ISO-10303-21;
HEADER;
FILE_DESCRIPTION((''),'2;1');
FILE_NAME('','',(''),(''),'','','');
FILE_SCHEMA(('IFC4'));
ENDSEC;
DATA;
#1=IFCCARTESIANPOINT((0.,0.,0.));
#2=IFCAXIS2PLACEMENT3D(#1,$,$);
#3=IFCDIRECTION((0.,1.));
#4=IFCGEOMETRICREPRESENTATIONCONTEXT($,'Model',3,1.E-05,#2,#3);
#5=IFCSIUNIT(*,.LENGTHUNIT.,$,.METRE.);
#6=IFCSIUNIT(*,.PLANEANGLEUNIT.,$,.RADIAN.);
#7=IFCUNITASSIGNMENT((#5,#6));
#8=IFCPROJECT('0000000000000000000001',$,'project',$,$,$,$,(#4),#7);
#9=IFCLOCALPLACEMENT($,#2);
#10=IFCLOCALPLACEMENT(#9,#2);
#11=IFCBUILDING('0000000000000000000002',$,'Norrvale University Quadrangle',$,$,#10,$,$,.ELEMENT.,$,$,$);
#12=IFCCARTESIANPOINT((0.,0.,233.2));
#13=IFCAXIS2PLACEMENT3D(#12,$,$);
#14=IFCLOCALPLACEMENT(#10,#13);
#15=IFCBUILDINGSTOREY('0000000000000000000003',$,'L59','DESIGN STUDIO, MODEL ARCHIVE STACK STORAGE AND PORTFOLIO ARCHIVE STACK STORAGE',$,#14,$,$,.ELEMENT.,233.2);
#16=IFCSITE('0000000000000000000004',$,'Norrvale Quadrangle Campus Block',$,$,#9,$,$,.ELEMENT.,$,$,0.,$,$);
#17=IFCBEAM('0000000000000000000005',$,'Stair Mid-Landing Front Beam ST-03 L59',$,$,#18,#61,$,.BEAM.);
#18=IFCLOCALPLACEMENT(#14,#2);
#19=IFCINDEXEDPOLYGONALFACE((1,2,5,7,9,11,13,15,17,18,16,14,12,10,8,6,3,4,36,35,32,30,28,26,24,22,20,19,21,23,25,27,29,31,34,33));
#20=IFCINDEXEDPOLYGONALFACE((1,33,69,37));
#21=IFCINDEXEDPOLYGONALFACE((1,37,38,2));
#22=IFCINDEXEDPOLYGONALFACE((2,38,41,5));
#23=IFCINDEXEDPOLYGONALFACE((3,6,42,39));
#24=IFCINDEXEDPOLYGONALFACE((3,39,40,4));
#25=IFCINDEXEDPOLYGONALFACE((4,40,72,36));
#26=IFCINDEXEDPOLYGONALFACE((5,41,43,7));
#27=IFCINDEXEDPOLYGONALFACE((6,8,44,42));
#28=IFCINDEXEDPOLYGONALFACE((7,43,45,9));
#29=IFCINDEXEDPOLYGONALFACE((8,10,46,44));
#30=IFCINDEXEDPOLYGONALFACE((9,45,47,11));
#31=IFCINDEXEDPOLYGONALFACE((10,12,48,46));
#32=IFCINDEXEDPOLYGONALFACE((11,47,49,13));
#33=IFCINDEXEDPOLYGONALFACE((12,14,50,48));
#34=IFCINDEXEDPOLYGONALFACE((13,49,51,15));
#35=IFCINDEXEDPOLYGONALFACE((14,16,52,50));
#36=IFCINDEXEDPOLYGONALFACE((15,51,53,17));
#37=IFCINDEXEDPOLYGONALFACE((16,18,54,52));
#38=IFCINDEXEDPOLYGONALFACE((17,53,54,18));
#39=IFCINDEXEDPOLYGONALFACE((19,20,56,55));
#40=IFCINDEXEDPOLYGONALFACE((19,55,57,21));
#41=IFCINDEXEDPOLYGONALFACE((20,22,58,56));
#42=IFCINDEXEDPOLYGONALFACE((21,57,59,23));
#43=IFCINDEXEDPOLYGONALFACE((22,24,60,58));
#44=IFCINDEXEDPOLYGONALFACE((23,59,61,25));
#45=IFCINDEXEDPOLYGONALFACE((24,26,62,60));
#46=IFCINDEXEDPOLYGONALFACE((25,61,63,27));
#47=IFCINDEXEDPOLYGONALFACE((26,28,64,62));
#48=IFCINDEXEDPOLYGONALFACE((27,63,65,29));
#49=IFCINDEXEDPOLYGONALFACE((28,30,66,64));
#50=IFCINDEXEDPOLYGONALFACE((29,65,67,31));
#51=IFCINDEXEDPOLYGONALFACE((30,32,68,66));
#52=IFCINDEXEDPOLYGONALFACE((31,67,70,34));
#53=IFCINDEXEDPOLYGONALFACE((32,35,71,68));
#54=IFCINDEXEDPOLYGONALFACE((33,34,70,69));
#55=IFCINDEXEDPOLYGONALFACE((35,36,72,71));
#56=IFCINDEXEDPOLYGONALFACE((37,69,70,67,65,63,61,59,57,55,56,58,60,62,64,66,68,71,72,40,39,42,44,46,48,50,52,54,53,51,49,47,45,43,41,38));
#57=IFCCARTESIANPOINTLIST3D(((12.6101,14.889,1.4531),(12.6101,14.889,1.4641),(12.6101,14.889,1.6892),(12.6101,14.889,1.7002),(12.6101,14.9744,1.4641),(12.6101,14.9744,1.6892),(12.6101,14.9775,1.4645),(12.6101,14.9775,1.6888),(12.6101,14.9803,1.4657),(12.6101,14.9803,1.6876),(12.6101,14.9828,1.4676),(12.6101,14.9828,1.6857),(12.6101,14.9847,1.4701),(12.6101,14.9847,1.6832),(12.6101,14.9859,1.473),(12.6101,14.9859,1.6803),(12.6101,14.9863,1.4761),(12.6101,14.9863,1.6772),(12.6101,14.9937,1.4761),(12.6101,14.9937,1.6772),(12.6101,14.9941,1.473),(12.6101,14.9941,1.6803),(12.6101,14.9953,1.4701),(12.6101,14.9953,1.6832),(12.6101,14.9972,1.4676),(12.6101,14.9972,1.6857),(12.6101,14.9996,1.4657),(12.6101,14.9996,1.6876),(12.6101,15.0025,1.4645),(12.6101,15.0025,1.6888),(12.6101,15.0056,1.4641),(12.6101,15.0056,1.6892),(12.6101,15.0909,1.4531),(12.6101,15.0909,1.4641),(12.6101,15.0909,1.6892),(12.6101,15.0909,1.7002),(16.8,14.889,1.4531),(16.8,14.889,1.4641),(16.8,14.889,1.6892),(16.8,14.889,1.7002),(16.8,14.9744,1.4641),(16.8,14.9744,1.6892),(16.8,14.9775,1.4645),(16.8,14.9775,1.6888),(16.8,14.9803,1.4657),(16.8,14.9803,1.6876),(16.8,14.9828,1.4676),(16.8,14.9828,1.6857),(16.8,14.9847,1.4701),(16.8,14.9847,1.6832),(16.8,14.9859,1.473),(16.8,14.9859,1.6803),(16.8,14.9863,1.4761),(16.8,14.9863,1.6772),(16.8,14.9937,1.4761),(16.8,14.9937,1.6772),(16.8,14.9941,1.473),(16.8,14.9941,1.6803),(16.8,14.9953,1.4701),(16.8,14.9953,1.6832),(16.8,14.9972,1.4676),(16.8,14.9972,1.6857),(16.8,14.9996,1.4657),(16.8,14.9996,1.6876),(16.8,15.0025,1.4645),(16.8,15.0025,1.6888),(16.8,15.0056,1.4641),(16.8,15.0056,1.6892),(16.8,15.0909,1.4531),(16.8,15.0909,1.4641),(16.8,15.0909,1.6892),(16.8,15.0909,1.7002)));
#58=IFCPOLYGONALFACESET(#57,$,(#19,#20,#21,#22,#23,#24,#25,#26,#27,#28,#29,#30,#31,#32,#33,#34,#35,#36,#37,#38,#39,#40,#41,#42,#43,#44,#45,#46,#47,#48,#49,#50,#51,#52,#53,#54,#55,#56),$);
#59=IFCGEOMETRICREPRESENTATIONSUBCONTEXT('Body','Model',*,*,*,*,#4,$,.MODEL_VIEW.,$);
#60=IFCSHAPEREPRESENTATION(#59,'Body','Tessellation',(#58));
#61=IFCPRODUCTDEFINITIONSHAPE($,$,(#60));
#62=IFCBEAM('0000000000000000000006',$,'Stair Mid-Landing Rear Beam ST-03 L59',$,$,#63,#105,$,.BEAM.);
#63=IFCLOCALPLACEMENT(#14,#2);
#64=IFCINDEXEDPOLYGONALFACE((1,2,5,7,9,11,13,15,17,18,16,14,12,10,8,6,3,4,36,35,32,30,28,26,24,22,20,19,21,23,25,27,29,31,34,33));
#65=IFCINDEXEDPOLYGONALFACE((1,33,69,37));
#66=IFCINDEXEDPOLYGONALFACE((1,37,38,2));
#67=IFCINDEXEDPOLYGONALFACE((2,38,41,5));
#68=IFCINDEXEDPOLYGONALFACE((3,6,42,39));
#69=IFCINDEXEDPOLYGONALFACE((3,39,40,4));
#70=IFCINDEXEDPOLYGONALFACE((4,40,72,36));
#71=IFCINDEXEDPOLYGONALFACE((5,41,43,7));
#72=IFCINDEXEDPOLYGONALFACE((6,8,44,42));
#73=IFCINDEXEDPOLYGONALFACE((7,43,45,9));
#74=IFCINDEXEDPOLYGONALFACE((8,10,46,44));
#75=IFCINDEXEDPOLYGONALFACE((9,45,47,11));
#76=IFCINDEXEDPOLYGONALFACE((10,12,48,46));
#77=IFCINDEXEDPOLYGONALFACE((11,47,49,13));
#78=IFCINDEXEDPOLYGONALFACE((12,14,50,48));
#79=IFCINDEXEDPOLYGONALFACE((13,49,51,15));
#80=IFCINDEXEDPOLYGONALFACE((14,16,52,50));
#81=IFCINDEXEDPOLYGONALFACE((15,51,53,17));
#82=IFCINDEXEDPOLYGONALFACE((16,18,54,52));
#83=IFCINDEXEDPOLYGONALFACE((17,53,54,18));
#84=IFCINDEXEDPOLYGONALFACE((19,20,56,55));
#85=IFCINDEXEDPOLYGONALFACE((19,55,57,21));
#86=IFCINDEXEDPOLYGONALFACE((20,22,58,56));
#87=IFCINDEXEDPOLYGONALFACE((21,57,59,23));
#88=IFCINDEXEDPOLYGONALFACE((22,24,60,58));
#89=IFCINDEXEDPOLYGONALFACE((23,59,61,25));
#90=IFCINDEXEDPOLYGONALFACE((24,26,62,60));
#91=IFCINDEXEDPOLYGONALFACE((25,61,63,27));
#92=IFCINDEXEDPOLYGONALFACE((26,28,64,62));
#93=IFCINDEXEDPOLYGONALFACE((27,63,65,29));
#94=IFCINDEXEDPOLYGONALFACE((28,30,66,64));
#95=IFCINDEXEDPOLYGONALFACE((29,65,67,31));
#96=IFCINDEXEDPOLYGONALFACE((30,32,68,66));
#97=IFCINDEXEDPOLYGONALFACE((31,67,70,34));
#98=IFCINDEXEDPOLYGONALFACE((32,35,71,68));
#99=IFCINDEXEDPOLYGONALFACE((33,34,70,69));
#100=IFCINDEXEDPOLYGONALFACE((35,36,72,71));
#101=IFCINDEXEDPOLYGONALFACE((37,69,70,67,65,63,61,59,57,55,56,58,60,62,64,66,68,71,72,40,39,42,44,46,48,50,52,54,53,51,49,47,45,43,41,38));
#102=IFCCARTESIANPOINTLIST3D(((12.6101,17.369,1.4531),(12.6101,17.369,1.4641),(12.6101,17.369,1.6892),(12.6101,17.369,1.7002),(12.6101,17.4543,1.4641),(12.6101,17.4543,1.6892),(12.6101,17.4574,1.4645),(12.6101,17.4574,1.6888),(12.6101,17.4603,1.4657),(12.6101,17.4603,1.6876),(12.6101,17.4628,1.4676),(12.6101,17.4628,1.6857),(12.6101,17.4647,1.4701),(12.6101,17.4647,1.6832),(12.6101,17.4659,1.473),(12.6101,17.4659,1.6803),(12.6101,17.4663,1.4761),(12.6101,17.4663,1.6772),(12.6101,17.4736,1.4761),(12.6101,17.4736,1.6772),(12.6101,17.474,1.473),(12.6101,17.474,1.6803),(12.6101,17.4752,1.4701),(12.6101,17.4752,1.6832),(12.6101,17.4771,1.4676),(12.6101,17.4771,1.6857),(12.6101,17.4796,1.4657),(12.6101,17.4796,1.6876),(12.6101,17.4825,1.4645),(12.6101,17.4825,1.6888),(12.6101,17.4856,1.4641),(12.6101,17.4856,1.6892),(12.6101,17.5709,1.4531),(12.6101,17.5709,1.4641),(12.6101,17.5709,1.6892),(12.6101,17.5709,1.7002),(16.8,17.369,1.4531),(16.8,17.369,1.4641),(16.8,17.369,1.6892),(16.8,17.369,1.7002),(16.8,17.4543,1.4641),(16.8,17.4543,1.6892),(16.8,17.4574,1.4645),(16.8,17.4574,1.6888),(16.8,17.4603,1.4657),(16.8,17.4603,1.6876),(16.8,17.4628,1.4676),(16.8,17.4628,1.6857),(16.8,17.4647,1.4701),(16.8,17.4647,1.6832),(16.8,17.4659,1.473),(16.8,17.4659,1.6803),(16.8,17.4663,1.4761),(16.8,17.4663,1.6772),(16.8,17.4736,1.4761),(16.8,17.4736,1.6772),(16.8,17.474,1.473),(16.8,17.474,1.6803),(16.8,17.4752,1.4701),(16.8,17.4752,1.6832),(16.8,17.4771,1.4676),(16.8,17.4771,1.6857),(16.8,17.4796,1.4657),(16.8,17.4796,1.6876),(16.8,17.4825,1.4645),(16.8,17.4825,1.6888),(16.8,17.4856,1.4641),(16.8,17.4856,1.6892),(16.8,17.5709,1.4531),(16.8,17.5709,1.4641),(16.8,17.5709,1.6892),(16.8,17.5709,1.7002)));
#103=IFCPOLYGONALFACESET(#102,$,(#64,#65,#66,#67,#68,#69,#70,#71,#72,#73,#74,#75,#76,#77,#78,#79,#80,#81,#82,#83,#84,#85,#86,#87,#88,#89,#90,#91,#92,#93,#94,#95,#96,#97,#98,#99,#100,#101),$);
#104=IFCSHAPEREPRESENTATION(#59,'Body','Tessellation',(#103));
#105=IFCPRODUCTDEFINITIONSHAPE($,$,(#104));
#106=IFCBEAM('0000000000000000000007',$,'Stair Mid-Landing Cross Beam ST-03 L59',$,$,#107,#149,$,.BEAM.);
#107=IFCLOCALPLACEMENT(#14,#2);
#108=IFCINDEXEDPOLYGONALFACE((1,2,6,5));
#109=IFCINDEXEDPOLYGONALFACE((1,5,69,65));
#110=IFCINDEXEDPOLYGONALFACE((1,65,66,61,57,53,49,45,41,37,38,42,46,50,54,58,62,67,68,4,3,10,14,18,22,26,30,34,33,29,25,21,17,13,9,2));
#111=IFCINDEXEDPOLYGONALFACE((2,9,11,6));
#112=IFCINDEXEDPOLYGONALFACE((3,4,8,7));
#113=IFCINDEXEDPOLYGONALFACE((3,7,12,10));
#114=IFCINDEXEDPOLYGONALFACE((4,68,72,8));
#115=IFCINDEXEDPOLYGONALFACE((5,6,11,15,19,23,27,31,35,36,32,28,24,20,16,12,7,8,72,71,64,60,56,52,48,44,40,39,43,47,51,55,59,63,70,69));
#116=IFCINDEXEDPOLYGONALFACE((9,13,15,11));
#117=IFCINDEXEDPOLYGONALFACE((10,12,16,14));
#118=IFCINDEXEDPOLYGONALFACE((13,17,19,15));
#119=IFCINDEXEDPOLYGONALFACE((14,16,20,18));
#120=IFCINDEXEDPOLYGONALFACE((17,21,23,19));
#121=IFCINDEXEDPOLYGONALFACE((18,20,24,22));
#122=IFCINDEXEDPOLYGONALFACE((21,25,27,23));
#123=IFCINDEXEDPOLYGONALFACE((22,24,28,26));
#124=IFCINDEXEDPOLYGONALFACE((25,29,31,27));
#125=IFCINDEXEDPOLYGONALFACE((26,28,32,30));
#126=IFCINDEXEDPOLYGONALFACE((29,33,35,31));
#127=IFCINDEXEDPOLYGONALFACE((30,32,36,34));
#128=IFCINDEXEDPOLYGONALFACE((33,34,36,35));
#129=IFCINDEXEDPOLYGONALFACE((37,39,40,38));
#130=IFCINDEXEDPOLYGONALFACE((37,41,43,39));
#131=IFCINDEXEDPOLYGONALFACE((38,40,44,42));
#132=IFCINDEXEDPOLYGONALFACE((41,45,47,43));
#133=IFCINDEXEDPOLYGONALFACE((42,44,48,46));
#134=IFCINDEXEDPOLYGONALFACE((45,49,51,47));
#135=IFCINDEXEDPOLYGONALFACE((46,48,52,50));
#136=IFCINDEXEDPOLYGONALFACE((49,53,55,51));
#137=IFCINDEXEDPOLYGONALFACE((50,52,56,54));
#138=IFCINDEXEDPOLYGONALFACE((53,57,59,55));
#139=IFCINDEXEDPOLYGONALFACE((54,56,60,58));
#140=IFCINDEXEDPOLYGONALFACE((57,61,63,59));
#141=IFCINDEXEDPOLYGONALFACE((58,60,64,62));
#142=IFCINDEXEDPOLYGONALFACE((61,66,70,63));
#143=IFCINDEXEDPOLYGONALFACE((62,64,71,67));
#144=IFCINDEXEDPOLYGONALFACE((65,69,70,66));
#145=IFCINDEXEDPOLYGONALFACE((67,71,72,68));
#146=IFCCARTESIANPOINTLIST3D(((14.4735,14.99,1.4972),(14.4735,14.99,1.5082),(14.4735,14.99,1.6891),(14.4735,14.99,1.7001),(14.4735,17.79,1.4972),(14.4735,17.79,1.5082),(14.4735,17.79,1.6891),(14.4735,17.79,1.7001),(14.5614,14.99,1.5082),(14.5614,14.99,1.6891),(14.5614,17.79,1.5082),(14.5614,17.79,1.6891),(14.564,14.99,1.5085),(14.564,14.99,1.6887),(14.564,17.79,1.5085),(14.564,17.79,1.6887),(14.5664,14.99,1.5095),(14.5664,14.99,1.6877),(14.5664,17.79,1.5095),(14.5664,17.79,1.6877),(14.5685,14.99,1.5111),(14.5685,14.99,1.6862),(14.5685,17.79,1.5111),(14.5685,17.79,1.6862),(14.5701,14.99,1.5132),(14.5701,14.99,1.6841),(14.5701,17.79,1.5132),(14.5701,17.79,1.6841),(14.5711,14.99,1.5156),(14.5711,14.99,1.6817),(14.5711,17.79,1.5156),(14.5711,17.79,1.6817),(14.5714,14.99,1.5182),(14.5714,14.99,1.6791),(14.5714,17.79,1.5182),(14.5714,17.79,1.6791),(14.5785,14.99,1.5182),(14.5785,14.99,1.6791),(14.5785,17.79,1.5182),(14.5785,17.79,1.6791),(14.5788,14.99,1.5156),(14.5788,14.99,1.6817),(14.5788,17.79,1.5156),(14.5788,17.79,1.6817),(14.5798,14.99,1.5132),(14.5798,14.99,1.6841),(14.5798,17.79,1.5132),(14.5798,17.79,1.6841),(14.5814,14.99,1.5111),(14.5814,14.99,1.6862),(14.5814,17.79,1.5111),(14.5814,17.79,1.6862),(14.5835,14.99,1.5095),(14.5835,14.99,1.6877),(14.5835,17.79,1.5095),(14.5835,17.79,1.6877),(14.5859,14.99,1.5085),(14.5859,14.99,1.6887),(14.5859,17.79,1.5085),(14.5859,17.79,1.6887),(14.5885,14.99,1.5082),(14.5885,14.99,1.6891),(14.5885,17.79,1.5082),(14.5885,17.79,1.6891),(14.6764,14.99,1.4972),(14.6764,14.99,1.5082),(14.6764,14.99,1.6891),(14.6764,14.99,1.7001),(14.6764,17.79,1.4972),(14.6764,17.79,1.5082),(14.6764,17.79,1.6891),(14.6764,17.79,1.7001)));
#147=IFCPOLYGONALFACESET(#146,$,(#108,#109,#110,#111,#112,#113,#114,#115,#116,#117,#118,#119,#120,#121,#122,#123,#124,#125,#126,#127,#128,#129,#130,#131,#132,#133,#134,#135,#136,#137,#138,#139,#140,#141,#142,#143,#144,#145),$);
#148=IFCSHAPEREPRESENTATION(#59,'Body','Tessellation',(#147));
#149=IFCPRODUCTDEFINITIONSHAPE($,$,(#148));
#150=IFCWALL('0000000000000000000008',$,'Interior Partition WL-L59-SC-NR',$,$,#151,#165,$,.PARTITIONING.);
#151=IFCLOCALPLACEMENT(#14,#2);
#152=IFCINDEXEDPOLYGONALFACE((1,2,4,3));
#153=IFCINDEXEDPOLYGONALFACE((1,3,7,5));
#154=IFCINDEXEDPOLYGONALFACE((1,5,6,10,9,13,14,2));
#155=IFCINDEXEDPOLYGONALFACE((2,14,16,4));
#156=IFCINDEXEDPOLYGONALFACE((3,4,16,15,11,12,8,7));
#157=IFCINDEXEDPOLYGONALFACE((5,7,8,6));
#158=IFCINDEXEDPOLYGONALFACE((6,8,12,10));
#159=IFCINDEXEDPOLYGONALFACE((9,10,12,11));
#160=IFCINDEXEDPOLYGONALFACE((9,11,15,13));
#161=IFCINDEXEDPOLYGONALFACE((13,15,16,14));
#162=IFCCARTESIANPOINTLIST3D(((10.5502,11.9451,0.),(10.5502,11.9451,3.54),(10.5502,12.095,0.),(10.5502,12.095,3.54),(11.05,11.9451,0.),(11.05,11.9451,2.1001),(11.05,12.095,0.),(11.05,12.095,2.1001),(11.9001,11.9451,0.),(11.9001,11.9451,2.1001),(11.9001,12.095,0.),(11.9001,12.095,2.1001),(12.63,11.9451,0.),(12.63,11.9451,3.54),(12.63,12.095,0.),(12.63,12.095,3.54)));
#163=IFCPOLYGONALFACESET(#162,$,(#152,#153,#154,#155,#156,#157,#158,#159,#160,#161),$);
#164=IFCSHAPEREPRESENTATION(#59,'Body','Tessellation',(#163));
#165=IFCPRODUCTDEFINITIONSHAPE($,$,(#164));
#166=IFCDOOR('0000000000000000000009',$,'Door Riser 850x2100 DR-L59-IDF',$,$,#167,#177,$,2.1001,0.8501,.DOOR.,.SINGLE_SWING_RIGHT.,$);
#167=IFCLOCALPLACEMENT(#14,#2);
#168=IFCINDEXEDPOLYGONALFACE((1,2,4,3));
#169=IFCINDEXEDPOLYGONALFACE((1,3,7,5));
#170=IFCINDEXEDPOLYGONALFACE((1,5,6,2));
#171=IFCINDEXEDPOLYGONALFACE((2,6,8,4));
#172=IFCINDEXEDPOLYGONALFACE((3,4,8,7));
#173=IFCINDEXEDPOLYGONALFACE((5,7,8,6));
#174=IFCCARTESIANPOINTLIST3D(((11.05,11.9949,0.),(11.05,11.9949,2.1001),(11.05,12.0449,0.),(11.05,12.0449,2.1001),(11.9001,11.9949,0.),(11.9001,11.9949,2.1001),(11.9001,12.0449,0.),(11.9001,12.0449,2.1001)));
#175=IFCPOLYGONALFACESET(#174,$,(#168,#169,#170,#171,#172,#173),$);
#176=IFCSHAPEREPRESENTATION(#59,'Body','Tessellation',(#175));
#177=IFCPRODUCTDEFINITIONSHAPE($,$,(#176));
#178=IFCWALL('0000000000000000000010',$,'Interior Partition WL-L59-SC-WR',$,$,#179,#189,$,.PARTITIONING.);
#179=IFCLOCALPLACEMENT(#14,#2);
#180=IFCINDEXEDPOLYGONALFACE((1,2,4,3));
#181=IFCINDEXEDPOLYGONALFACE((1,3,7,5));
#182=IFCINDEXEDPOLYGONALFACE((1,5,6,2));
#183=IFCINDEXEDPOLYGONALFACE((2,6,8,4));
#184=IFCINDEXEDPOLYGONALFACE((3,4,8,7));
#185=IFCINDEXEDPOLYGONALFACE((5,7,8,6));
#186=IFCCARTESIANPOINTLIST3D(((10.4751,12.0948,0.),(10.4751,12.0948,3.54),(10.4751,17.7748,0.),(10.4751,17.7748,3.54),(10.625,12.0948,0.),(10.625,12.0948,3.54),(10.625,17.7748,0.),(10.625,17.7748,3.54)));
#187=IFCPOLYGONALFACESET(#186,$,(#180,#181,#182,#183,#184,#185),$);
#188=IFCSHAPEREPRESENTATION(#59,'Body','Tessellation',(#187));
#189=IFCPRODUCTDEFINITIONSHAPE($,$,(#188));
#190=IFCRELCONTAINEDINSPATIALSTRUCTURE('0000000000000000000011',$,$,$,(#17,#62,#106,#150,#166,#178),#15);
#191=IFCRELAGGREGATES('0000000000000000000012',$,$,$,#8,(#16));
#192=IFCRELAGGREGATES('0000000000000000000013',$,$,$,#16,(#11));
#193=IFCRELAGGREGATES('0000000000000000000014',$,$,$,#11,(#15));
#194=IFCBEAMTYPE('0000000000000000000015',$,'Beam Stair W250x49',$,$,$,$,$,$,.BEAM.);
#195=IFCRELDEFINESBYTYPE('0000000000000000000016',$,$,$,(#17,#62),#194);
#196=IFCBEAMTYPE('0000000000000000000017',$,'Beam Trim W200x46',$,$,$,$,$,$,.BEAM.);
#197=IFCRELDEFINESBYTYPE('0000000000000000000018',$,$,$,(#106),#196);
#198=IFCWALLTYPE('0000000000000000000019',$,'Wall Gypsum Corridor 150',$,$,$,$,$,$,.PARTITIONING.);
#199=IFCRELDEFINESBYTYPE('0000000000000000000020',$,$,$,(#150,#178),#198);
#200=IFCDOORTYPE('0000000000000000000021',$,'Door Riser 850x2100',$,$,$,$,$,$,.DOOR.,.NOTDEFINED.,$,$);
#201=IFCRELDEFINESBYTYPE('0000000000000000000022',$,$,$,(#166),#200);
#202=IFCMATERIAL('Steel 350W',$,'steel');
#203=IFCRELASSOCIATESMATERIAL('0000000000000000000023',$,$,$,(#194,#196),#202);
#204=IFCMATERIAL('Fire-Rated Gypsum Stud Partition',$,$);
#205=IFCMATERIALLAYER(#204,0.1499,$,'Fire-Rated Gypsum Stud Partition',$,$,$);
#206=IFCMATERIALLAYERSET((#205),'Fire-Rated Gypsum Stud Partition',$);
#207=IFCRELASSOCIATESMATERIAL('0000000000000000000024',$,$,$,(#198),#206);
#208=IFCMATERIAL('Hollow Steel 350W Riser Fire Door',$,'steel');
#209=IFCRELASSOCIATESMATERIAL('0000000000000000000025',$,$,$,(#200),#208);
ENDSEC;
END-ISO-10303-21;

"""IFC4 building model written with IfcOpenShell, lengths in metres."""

from ifc_helpers import new_model, si_unit, direction, frame, frame_2d, origin, origin_2d, place, context, subcontext, project, spatial, rectangle, i_section, extrude, material, layer, layer_set, material_profile, profile_set, type_object, element, fill, save


model = new_model("IFC4")

# Units and contexts
model_context = context("Model", 3, precision=1e-05, world=origin(), true_north=direction((0.0, 1.0)))
body_context = subcontext(model_context, "Body", "Model", "MODEL_VIEW")
ifc_project = project(units=[si_unit("LENGTHUNIT", "METRE"), si_unit("PLANEANGLEUNIT", "RADIAN")], contexts=[model_context])

# Site, building, storey
site_placement = place(None, origin())
site = spatial("IfcSite", under=ifc_project, at=site_placement, Name="Norrvale Quadrangle Campus Block", CompositionType="ELEMENT", RefElevation=0.0)
building_placement = place(site_placement, origin())
building = spatial("IfcBuilding", under=site, at=building_placement, Name="Norrvale University Quadrangle", CompositionType="ELEMENT")
storey_placement = place(building_placement, frame((0.0, 0.0, 233.2)))
storey = spatial("IfcBuildingStorey", under=building, at=storey_placement, Name="L59", Description="DESIGN STUDIO, MODEL ARCHIVE STACK STORAGE AND PORTFOLIO ARCHIVE STACK STORAGE", CompositionType="ELEMENT", Elevation=233.2)

# Beams
ifc_material_1 = material(Name="Steel 350W", Category="steel")
ifc_material_profile_1 = material_profile(ifc_material_1, i_section(OverallWidth=0.2019, OverallDepth=0.2471, WebThickness=0.0073, FlangeThickness=0.011, FilletRadius=0.012, at=origin_2d()), Name="Steel 350W")
ifc_profile_set_1 = profile_set([ifc_material_profile_1], Name="Steel 350W")
beam_type_1 = type_object("IfcBeamType", Name="Beam Stair W250x49", PredefinedType="BEAM", material=ifc_profile_set_1)
for number, where, z_axis, x_axis, name in (
    (1, (12.6101, 14.99, 1.5767), (1.0, 0.0, 0.0), (0.0, 1.0, 0.0), "Stair Mid-Landing Front Beam ST-03 L59"),
    (2, (12.6101, 17.47, 1.5767), (1.0, 0.0, 0.0), (0.0, 1.0, 0.0), "Stair Mid-Landing Rear Beam ST-03 L59"),
):
    element("IfcBeam", number, at=place(storey_placement, frame(where, z_axis=z_axis, x_axis=x_axis)), inside=storey, type_object=beam_type_1, Name=name, PredefinedType="BEAM", context=body_context, shape_type="SweptSolid", body=[
        extrude(i_section(OverallWidth=0.2019, OverallDepth=0.2471, WebThickness=0.0073, FlangeThickness=0.011, FilletRadius=0.012, at=origin_2d()), origin(), (0.0, 0.0, 1.0), 4.1899),
    ])
ifc_material_profile_2 = material_profile(ifc_material_1, i_section(OverallWidth=0.2029, OverallDepth=0.2029, WebThickness=0.0071, FlangeThickness=0.011, FilletRadius=0.01, at=origin_2d()), Name="Steel 350W")
ifc_profile_set_2 = profile_set([ifc_material_profile_2], Name="Steel 350W")
beam_type_2 = type_object("IfcBeamType", Name="Beam Trim W200x46", PredefinedType="BEAM", material=ifc_profile_set_2)
beam_placement = place(storey_placement, frame((14.575, 14.99, 1.5986), z_axis=(0.0, 1.0, 0.0), x_axis=(-1.0, 0.0, 0.0)))
element("IfcBeam", 3, at=beam_placement, inside=storey, type_object=beam_type_2, Name="Stair Mid-Landing Cross Beam ST-03 L59", PredefinedType="BEAM", context=body_context, shape_type="SweptSolid", body=[
    extrude(i_section(OverallWidth=0.2029, OverallDepth=0.2029, WebThickness=0.0071, FlangeThickness=0.011, FilletRadius=0.01, at=origin_2d()), origin(), (0.0, 0.0, 1.0), 2.8),
])

# Wall, opening, door
ifc_material_2 = material(Name="Fire-Rated Gypsum Stud Partition")
ifc_layer_1 = layer(ifc_material_2, 0.1499, Name="Fire-Rated Gypsum Stud Partition")
ifc_layer_set_1 = layer_set([ifc_layer_1], Name="Fire-Rated Gypsum Stud Partition")
wall_type_1 = type_object("IfcWallType", Name="Wall Gypsum Corridor 150", PredefinedType="PARTITIONING", material=ifc_layer_set_1)
wall_1_placement = place(storey_placement, frame((10.55, 12.02, 0.0), z_axis=(0.0, 0.0, 1.0), x_axis=(1.0, 0.0, 0.0)))
wall_1 = element("IfcWall", 4, at=wall_1_placement, inside=storey, type_object=wall_type_1, Name="Interior Partition WL-L59-SC-NR", PredefinedType="PARTITIONING", context=body_context, shape_type="SweptSolid", body=[
    extrude(rectangle(XDim=2.0798, YDim=0.1499, at=frame_2d((1.04, 0.0))), origin(), (0.0, 0.0, 1.0), 3.54),
])
opening_1_placement = place(wall_1_placement, frame((0.5, 0.0, 0.0)))
opening_1 = element("IfcOpeningElement", 5, at=opening_1_placement, cuts=wall_1, PredefinedType="OPENING", context=body_context, shape_type="SweptSolid", body=[
    extrude(rectangle(XDim=0.8501, YDim=2.1001, at=frame_2d((0.425, 1.05))), frame((0.0, 0.0869, 0.0), z_axis=(0.0, -1.0, 0.0), x_axis=(1.0, 0.0, 0.0)), (0.0, 0.0, 1.0), 0.1738),
])
ifc_material_3 = material(Name="Hollow Steel 350W Riser Fire Door", Category="steel")
door_type_1 = type_object("IfcDoorType", Name="Door Riser 850x2100", OperationType="NOTDEFINED", PredefinedType="DOOR", material=ifc_material_3)
door_1_placement = place(opening_1_placement, origin())
door_1 = element("IfcDoor", 6, at=door_1_placement, inside=storey, type_object=door_type_1, Name="Door Riser 850x2100 DR-L59-IDF", OperationType="SINGLE_SWING_RIGHT", OverallHeight=2.1001, OverallWidth=0.8501, PredefinedType="DOOR", context=body_context, shape_type="SweptSolid", body=[
    extrude(rectangle(XDim=0.8501, YDim=2.1001, at=frame_2d((0.425, 1.05))), frame((0.0, 0.0249, 0.0), z_axis=(0.0, -1.0, 0.0), x_axis=(1.0, 0.0, 0.0)), (0.0, 0.0, 1.0), 0.05),
])
fill(opening_1, door_1)

# Wall
wall_2_placement = place(storey_placement, frame((10.55, 12.095, 0.0), z_axis=(0.0, 0.0, 1.0), x_axis=(0.0, 1.0, 0.0)))
element("IfcWall", 7, at=wall_2_placement, inside=storey, type_object=wall_type_1, Name="Interior Partition WL-L59-SC-WR", PredefinedType="PARTITIONING", context=body_context, shape_type="SweptSolid", body=[
    extrude(rectangle(XDim=5.6799, YDim=0.1499, at=frame_2d((2.8398, 0.0))), origin(), (0.0, 0.0, 1.0), 3.54),
])

save(model, "model.ifc")
